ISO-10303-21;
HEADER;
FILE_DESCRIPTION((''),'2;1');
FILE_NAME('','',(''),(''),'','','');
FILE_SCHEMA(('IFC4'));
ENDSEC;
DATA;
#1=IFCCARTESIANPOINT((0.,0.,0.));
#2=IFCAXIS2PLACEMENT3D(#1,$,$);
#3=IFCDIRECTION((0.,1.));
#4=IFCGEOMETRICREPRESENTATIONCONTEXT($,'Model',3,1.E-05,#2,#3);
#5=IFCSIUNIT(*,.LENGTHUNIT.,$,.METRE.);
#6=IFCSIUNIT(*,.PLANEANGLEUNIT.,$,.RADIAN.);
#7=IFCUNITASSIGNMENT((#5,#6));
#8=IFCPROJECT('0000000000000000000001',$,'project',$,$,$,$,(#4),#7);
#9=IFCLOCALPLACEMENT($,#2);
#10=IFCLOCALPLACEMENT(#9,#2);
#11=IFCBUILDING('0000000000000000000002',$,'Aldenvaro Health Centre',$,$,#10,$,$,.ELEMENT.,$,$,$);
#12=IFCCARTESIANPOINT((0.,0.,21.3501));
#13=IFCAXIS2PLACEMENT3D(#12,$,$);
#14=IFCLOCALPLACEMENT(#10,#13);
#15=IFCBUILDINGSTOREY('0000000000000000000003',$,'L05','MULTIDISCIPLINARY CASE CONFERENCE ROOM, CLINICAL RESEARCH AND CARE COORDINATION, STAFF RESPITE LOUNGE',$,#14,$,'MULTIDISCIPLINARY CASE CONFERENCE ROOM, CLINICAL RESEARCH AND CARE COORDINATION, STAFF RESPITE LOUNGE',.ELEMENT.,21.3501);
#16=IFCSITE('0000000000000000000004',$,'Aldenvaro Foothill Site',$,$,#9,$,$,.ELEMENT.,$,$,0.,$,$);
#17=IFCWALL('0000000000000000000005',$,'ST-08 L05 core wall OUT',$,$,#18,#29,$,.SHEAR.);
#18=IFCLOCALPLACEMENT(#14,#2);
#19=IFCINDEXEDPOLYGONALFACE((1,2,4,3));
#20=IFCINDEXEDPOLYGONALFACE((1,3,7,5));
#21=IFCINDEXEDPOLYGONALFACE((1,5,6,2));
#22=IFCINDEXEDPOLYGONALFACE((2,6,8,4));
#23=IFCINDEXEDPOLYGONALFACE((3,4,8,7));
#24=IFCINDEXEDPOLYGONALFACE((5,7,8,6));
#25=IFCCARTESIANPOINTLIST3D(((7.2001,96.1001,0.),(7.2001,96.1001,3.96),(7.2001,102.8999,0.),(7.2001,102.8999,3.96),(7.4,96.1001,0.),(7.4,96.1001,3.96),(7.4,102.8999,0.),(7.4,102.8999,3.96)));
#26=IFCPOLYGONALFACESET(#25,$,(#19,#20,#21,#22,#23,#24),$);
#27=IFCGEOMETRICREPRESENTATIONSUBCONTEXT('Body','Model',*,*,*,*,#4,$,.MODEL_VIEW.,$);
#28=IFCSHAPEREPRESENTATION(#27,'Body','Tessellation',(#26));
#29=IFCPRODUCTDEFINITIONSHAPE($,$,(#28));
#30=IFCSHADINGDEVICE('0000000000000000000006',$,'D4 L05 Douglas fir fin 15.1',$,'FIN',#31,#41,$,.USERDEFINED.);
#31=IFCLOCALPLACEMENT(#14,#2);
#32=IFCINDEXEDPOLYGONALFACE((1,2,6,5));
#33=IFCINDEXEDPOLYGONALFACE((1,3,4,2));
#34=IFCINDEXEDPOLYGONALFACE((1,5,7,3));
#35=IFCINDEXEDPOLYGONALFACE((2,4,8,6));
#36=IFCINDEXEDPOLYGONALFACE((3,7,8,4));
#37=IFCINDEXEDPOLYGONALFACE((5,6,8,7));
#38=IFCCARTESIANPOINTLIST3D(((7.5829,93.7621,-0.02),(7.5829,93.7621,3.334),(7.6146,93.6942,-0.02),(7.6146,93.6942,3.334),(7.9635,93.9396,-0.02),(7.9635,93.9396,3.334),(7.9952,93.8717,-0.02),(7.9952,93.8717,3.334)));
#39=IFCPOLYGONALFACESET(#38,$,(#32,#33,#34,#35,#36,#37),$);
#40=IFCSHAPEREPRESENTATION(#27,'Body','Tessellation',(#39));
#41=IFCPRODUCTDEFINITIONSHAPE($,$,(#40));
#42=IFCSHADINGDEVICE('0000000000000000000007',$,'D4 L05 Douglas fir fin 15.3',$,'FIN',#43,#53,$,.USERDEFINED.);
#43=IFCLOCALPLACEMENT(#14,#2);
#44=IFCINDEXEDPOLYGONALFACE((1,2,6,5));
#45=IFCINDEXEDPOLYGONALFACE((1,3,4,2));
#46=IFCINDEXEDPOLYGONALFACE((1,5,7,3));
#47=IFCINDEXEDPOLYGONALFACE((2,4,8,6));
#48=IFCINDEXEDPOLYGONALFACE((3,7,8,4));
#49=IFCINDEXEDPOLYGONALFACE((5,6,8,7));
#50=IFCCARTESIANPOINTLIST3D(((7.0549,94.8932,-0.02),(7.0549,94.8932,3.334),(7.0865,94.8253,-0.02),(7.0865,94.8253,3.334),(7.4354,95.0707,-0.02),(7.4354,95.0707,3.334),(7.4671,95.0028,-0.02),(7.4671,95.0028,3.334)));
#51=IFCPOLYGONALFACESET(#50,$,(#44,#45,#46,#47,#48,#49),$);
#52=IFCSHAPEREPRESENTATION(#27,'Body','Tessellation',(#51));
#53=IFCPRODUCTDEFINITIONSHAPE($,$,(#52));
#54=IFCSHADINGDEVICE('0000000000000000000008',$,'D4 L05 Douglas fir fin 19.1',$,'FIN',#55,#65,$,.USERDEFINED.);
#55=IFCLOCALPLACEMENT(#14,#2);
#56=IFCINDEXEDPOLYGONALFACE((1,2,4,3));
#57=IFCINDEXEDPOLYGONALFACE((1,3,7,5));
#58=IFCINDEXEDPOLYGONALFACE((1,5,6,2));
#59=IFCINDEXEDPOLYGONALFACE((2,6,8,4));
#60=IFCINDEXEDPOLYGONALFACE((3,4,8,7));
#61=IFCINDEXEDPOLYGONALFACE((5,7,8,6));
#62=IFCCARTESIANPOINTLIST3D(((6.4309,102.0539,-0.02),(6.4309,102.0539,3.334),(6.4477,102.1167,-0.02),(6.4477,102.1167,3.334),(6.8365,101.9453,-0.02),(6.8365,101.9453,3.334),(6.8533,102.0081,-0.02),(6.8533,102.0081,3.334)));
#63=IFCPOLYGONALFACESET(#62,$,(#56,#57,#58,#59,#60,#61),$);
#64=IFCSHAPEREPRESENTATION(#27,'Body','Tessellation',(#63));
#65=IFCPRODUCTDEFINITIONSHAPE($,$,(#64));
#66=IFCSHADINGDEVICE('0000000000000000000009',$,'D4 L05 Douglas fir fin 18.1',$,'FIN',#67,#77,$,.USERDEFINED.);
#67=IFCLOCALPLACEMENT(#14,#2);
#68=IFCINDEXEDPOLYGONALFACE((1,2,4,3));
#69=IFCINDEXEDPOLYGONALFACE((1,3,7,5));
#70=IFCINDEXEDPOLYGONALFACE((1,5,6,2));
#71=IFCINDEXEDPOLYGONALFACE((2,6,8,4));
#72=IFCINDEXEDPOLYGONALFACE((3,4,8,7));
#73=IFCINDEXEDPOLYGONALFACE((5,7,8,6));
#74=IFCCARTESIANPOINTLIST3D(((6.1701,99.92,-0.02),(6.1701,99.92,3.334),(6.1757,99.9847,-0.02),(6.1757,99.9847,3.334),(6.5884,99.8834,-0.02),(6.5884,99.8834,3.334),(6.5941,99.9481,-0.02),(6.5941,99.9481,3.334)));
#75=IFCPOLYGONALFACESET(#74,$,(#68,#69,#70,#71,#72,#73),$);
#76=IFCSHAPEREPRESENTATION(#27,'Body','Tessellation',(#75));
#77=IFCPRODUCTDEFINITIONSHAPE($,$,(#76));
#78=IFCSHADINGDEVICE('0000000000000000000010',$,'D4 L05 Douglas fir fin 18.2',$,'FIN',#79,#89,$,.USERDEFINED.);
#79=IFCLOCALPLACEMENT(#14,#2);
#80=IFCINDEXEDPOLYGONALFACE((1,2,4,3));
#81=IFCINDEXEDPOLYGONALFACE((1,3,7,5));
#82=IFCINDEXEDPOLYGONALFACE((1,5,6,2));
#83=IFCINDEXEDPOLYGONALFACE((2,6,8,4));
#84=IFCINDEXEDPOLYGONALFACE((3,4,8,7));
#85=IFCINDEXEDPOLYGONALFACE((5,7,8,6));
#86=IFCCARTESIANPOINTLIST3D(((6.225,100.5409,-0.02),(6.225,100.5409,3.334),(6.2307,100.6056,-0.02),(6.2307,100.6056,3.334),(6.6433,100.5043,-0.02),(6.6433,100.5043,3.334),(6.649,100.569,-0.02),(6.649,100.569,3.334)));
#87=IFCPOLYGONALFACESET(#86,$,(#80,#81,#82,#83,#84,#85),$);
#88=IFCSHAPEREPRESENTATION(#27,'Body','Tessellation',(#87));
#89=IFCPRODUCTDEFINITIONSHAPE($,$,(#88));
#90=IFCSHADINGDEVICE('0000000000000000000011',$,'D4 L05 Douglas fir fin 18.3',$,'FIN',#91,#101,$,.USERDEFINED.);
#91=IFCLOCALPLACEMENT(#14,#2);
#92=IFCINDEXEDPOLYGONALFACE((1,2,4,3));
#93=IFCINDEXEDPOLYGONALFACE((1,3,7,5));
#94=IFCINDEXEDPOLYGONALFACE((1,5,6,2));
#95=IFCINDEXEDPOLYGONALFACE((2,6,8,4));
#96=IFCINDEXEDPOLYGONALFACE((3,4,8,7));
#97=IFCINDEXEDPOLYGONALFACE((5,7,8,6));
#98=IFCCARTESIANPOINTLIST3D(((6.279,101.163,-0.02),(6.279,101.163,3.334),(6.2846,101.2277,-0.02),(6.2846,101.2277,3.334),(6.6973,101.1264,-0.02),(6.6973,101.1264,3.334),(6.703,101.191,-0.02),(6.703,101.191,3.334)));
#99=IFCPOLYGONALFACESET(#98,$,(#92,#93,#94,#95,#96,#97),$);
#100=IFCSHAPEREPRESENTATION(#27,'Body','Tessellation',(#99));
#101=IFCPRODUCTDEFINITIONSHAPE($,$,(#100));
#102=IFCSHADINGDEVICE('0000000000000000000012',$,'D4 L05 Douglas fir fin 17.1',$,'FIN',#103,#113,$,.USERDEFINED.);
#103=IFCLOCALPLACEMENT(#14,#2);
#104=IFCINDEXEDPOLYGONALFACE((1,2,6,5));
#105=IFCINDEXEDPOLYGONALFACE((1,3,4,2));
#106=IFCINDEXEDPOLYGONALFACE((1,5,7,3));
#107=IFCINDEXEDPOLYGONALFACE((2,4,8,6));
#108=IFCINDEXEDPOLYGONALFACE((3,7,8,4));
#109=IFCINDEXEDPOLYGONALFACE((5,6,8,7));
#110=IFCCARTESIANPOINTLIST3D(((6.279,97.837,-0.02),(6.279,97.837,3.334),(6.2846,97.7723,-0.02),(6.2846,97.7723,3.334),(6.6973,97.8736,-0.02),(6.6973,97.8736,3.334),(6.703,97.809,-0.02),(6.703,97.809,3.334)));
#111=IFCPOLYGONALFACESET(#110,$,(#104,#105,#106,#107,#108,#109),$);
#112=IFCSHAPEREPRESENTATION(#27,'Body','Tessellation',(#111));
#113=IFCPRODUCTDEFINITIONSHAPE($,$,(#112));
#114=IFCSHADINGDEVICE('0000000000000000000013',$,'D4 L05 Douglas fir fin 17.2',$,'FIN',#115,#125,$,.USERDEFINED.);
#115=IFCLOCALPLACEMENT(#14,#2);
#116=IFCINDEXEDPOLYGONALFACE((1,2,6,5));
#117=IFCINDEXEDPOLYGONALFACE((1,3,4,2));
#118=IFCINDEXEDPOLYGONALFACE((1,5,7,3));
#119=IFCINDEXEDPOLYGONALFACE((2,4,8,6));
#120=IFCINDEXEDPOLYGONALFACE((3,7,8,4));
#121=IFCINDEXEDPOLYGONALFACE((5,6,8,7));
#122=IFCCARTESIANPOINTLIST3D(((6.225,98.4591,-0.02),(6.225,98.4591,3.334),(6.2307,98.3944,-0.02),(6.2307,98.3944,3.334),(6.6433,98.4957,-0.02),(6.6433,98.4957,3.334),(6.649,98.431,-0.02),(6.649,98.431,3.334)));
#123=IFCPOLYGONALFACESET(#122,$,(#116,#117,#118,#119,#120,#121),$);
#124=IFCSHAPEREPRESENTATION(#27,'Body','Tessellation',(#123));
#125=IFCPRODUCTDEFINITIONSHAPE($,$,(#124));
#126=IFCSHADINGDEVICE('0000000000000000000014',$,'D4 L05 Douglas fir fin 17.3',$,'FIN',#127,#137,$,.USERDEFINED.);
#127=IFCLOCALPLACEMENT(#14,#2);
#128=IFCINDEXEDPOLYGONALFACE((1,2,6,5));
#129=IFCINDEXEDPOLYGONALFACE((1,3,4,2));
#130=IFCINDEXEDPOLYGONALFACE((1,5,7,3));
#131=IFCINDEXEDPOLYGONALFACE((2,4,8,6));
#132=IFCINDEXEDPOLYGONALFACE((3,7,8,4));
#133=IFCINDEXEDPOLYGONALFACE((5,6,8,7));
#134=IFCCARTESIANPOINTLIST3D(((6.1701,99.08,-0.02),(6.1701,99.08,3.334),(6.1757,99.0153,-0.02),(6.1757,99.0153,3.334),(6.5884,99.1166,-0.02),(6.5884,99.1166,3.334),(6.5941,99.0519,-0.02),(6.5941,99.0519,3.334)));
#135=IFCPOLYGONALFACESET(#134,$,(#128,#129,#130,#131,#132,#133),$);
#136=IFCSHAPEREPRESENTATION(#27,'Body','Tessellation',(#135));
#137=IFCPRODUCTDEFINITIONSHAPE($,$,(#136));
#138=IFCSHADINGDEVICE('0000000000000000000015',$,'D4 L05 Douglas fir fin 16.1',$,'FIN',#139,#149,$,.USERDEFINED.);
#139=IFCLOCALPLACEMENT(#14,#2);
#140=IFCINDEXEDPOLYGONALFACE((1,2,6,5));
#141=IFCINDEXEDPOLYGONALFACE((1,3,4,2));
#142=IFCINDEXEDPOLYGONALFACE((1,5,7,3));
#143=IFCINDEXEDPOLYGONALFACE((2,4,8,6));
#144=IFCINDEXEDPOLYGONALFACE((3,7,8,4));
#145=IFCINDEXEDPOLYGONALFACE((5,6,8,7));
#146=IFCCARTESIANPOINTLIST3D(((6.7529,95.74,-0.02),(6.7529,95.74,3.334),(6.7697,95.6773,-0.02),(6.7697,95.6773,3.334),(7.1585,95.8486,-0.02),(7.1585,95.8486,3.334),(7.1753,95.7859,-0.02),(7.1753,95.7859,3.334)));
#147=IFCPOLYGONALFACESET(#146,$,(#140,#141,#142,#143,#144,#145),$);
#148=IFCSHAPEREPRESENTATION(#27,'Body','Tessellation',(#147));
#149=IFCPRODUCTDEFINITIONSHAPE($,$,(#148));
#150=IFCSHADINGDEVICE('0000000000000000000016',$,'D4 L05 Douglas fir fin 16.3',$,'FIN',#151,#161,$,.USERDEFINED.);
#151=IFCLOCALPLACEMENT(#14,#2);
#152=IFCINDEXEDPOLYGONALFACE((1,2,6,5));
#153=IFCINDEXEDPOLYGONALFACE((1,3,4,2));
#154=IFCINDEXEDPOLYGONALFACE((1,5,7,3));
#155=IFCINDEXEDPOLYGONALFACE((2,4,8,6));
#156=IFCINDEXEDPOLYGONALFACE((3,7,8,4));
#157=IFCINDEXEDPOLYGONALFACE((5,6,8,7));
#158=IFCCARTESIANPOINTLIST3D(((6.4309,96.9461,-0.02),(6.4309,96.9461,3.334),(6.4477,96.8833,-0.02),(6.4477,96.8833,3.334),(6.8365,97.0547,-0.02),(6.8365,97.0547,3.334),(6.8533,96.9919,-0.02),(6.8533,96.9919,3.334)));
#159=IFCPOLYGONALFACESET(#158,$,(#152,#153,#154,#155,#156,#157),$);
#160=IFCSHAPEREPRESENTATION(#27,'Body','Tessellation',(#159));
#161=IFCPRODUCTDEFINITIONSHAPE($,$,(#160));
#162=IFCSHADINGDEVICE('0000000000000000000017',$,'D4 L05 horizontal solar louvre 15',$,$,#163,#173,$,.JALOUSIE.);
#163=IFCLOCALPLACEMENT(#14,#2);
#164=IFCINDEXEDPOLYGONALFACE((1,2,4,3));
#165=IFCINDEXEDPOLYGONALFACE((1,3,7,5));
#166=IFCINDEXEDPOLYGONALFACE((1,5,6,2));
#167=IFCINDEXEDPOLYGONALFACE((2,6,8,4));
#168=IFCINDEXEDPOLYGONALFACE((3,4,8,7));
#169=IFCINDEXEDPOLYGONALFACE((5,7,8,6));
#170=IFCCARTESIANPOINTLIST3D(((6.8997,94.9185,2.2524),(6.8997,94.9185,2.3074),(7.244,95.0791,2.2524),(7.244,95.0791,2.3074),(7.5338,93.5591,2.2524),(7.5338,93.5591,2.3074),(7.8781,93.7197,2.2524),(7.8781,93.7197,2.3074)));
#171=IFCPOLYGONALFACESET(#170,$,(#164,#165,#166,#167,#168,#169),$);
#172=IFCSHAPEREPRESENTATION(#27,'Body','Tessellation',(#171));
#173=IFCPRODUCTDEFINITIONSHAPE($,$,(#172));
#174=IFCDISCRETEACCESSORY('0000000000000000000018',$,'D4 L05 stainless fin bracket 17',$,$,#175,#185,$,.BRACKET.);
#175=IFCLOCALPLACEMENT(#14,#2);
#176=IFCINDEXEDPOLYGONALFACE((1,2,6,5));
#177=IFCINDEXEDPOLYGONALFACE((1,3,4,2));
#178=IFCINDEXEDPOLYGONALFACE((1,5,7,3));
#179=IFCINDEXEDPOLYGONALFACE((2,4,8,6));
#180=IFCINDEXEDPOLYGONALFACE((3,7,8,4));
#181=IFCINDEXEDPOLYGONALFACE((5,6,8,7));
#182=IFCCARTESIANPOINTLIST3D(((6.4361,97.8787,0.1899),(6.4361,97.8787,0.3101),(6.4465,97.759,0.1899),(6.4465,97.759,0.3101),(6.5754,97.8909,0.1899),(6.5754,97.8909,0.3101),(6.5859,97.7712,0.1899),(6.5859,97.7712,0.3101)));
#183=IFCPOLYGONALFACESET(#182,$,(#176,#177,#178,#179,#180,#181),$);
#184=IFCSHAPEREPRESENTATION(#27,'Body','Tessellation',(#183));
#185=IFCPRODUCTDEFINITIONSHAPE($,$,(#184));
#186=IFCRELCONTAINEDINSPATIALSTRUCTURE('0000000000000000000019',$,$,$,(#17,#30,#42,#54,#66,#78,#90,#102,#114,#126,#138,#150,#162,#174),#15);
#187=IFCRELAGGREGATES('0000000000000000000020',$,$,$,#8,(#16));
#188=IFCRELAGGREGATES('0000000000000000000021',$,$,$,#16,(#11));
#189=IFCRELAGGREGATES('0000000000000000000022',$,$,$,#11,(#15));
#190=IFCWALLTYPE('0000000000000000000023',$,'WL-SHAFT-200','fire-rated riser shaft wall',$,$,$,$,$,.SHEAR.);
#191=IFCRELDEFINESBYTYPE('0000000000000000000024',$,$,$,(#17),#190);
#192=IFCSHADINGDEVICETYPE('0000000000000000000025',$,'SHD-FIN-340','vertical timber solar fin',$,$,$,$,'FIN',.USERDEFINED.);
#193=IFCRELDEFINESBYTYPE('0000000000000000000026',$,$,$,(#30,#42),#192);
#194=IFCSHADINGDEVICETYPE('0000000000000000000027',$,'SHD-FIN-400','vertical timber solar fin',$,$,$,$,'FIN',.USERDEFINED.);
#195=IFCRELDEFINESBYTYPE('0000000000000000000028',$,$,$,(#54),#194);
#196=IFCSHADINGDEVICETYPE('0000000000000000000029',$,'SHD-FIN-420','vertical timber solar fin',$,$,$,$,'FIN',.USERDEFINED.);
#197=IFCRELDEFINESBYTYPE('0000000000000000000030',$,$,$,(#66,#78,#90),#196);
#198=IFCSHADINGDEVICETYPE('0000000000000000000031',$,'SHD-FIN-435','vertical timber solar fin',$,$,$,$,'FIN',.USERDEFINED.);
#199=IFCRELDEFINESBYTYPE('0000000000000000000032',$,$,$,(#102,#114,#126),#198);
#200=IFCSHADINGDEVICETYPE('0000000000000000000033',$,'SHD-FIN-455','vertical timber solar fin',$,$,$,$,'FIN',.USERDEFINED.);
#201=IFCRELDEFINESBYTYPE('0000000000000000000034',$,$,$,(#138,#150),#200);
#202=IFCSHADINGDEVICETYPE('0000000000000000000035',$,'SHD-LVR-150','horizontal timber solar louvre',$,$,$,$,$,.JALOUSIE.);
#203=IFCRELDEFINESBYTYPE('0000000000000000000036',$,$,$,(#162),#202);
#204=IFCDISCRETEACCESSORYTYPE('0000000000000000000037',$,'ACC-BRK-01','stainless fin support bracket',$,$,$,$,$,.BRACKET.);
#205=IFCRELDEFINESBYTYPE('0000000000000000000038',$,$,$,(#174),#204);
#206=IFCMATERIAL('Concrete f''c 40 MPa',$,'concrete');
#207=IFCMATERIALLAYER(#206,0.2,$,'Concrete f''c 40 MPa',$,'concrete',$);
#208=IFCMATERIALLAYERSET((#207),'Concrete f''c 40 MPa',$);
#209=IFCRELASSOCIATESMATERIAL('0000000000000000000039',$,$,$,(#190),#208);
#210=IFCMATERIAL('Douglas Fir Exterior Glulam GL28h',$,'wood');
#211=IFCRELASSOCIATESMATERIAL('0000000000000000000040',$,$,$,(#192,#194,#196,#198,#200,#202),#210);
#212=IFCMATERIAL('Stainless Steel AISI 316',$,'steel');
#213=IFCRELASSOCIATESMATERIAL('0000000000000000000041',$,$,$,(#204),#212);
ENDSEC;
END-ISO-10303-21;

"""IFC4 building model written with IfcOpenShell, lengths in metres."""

from ifc_helpers import new_model, si_unit, direction, frame, frame_2d, origin, origin_2d, place, context, subcontext, project, spatial, rectangle, extrude, material, layer, layer_set, type_object, element, save


model = new_model("IFC4")

# Units and contexts
model_context = context("Model", 3, precision=1e-05, world=origin(), true_north=direction((0.0, 1.0)))
body_context = subcontext(model_context, "Body", "Model", "MODEL_VIEW")
ifc_project = project(units=[si_unit("LENGTHUNIT", "METRE"), si_unit("PLANEANGLEUNIT", "RADIAN")], contexts=[model_context])

# Site, building, storey
site_placement = place(None, origin())
site = spatial("IfcSite", under=ifc_project, at=site_placement, Name="Aldenvaro Foothill Site", CompositionType="ELEMENT", RefElevation=0.0)
building_placement = place(site_placement, origin())
building = spatial("IfcBuilding", under=site, at=building_placement, Name="Aldenvaro Health Centre", CompositionType="ELEMENT")
storey_placement = place(building_placement, frame((0.0, 0.0, 21.3501)))
storey = spatial("IfcBuildingStorey", under=building, at=storey_placement, Name="L05", Description="MULTIDISCIPLINARY CASE CONFERENCE ROOM, CLINICAL RESEARCH AND CARE COORDINATION, STAFF RESPITE LOUNGE", LongName="MULTIDISCIPLINARY CASE CONFERENCE ROOM, CLINICAL RESEARCH AND CARE COORDINATION, STAFF RESPITE LOUNGE", CompositionType="ELEMENT", Elevation=21.3501)

# Wall
ifc_material_1 = material(Name="Concrete f'c 40 MPa", Category="concrete")
ifc_layer_1 = layer(ifc_material_1, 0.2, Name="Concrete f'c 40 MPa", Category="concrete")
ifc_layer_set_1 = layer_set([ifc_layer_1], Name="Concrete f'c 40 MPa")
wall_type_1 = type_object("IfcWallType", Name="WL-SHAFT-200", Description="fire-rated riser shaft wall", PredefinedType="SHEAR", material=ifc_layer_set_1)
wall_1_placement = place(storey_placement, frame((7.3, 96.1001, 0.0), z_axis=(0.0, 0.0, 1.0), x_axis=(0.0, 1.0, 0.0)))
element("IfcWall", 1, at=wall_1_placement, inside=storey, type_object=wall_type_1, Name="ST-08 L05 core wall OUT", PredefinedType="SHEAR", context=body_context, shape_type="SweptSolid", body=[
    extrude(rectangle(XDim=6.7998, YDim=0.2, at=frame_2d((3.3999, 0.0))), origin(), (0.0, 0.0, 1.0), 3.96),
])

# Shading devices
ifc_material_2 = material(Name="Douglas Fir Exterior Glulam GL28h", Category="wood")
shading_device_type_1 = type_object("IfcShadingDeviceType", Name="SHD-FIN-340", Description="vertical timber solar fin", ElementType="FIN", PredefinedType="USERDEFINED", material=ifc_material_2)
for number, where, z_axis, x_axis, name in (
    (2, (7.7891, 93.8169, -0.02), (0.0, 0.0, 1.0), (-0.422728, 0.906257, 0.0), "D4 L05 Douglas fir fin 15.1"),
    (3, (7.261, 94.948, -0.02), (0.0, 0.0, 1.0), (-0.422728, 0.906257, 0.0), "D4 L05 Douglas fir fin 15.3"),
):
    element("IfcShadingDevice", number, at=place(storey_placement, frame(where, z_axis=z_axis, x_axis=x_axis)), inside=storey, type_object=shading_device_type_1, Name=name, ObjectType="FIN", PredefinedType="USERDEFINED", context=body_context, shape_type="SweptSolid", body=[
        extrude(rectangle(XDim=0.075, YDim=0.4199, at=origin_2d()), origin(), (0.0, 0.0, 1.0), 3.354),
    ])
shading_device_type_2 = type_object("IfcShadingDeviceType", Name="SHD-FIN-400", Description="vertical timber solar fin", ElementType="FIN", PredefinedType="USERDEFINED", material=ifc_material_2)
shading_device_1_placement = place(storey_placement, frame((6.6421, 102.031, -0.02), z_axis=(0.0, 0.0, 1.0), x_axis=(0.258616, 0.96598, 0.0)))
element("IfcShadingDevice", 4, at=shading_device_1_placement, inside=storey, type_object=shading_device_type_2, Name="D4 L05 Douglas fir fin 19.1", ObjectType="FIN", PredefinedType="USERDEFINED", context=body_context, shape_type="SweptSolid", body=[
    extrude(rectangle(XDim=0.0649, YDim=0.4199, at=origin_2d()), origin(), (0.0, 0.0, 1.0), 3.354),
])
shading_device_type_3 = type_object("IfcShadingDeviceType", Name="SHD-FIN-420", Description="vertical timber solar fin", ElementType="FIN", PredefinedType="USERDEFINED", material=ifc_material_2)
for number, where, z_axis, x_axis, name in (
    (5, (6.3821, 99.9341, -0.02), (0.0, 0.0, 1.0), (0.087167, 0.996194, 0.0), "D4 L05 Douglas fir fin 18.1"),
    (6, (6.437, 100.5549, -0.02), (0.0, 0.0, 1.0), (0.087167, 0.996194, 0.0), "D4 L05 Douglas fir fin 18.2"),
    (7, (6.491, 101.177, -0.02), (0.0, 0.0, 1.0), (0.087167, 0.996194, 0.0), "D4 L05 Douglas fir fin 18.3"),
):
    element("IfcShadingDevice", number, at=place(storey_placement, frame(where, z_axis=z_axis, x_axis=x_axis)), inside=storey, type_object=shading_device_type_3, Name=name, ObjectType="FIN", PredefinedType="USERDEFINED", context=body_context, shape_type="SweptSolid", body=[
        extrude(rectangle(XDim=0.0649, YDim=0.4199, at=origin_2d()), origin(), (0.0, 0.0, 1.0), 3.354),
    ])
shading_device_type_4 = type_object("IfcShadingDeviceType", Name="SHD-FIN-435", Description="vertical timber solar fin", ElementType="FIN", PredefinedType="USERDEFINED", material=ifc_material_2)
for number, where, z_axis, x_axis, name in (
    (8, (6.491, 97.823, -0.02), (0.0, 0.0, 1.0), (-0.087167, 0.996194, 0.0), "D4 L05 Douglas fir fin 17.1"),
    (9, (6.437, 98.4451, -0.02), (0.0, 0.0, 1.0), (-0.087167, 0.996194, 0.0), "D4 L05 Douglas fir fin 17.2"),
    (10, (6.3821, 99.0659, -0.02), (0.0, 0.0, 1.0), (-0.087167, 0.996194, 0.0), "D4 L05 Douglas fir fin 17.3"),
):
    element("IfcShadingDevice", number, at=place(storey_placement, frame(where, z_axis=z_axis, x_axis=x_axis)), inside=storey, type_object=shading_device_type_4, Name=name, ObjectType="FIN", PredefinedType="USERDEFINED", context=body_context, shape_type="SweptSolid", body=[
        extrude(rectangle(XDim=0.0649, YDim=0.4199, at=origin_2d()), origin(), (0.0, 0.0, 1.0), 3.354),
    ])
shading_device_type_5 = type_object("IfcShadingDeviceType", Name="SHD-FIN-455", Description="vertical timber solar fin", ElementType="FIN", PredefinedType="USERDEFINED", material=ifc_material_2)
for number, where, z_axis, x_axis, name in (
    (11, (6.9641, 95.7629, -0.02), (0.0, 0.0, 1.0), (-0.258616, 0.96598, 0.0), "D4 L05 Douglas fir fin 16.1"),
    (12, (6.6421, 96.969, -0.02), (0.0, 0.0, 1.0), (-0.258616, 0.96598, 0.0), "D4 L05 Douglas fir fin 16.3"),
):
    element("IfcShadingDevice", number, at=place(storey_placement, frame(where, z_axis=z_axis, x_axis=x_axis)), inside=storey, type_object=shading_device_type_5, Name=name, ObjectType="FIN", PredefinedType="USERDEFINED", context=body_context, shape_type="SweptSolid", body=[
        extrude(rectangle(XDim=0.0649, YDim=0.4199, at=origin_2d()), origin(), (0.0, 0.0, 1.0), 3.354),
    ])
shading_device_type_6 = type_object("IfcShadingDeviceType", Name="SHD-LVR-150", Description="horizontal timber solar louvre", PredefinedType="JALOUSIE", material=ifc_material_2)
shading_device_2_placement = place(storey_placement, frame((7.3889, 94.3191, 2.2524), z_axis=(0.0, 0.0, 1.0), x_axis=(-0.422728, 0.906257, 0.0)))
element("IfcShadingDevice", 13, at=shading_device_2_placement, inside=storey, type_object=shading_device_type_6, Name="D4 L05 horizontal solar louvre 15", PredefinedType="JALOUSIE", context=body_context, shape_type="SweptSolid", body=[
    extrude(rectangle(XDim=1.5, YDim=0.3799, at=origin_2d()), origin(), (0.0, 0.0, 1.0), 0.0549),
])

# Discrete accessory
ifc_material_3 = material(Name="Stainless Steel AISI 316", Category="steel")
discrete_accessory_type = type_object("IfcDiscreteAccessoryType", Name="ACC-BRK-01", Description="stainless fin support bracket", PredefinedType="BRACKET", material=ifc_material_3)
discrete_accessory_placement = place(storey_placement, frame((6.511, 97.825, 0.1899), z_axis=(0.0, 0.0, 1.0), x_axis=(-0.087167, 0.996194, 0.0)))
element("IfcDiscreteAccessory", 14, at=discrete_accessory_placement, inside=storey, type_object=discrete_accessory_type, Name="D4 L05 stainless fin bracket 17", PredefinedType="BRACKET", context=body_context, shape_type="SweptSolid", body=[
    extrude(rectangle(XDim=0.1201, YDim=0.1399, at=origin_2d()), origin(), (0.0, 0.0, 1.0), 0.1201),
])

save(model, "model.ifc")
